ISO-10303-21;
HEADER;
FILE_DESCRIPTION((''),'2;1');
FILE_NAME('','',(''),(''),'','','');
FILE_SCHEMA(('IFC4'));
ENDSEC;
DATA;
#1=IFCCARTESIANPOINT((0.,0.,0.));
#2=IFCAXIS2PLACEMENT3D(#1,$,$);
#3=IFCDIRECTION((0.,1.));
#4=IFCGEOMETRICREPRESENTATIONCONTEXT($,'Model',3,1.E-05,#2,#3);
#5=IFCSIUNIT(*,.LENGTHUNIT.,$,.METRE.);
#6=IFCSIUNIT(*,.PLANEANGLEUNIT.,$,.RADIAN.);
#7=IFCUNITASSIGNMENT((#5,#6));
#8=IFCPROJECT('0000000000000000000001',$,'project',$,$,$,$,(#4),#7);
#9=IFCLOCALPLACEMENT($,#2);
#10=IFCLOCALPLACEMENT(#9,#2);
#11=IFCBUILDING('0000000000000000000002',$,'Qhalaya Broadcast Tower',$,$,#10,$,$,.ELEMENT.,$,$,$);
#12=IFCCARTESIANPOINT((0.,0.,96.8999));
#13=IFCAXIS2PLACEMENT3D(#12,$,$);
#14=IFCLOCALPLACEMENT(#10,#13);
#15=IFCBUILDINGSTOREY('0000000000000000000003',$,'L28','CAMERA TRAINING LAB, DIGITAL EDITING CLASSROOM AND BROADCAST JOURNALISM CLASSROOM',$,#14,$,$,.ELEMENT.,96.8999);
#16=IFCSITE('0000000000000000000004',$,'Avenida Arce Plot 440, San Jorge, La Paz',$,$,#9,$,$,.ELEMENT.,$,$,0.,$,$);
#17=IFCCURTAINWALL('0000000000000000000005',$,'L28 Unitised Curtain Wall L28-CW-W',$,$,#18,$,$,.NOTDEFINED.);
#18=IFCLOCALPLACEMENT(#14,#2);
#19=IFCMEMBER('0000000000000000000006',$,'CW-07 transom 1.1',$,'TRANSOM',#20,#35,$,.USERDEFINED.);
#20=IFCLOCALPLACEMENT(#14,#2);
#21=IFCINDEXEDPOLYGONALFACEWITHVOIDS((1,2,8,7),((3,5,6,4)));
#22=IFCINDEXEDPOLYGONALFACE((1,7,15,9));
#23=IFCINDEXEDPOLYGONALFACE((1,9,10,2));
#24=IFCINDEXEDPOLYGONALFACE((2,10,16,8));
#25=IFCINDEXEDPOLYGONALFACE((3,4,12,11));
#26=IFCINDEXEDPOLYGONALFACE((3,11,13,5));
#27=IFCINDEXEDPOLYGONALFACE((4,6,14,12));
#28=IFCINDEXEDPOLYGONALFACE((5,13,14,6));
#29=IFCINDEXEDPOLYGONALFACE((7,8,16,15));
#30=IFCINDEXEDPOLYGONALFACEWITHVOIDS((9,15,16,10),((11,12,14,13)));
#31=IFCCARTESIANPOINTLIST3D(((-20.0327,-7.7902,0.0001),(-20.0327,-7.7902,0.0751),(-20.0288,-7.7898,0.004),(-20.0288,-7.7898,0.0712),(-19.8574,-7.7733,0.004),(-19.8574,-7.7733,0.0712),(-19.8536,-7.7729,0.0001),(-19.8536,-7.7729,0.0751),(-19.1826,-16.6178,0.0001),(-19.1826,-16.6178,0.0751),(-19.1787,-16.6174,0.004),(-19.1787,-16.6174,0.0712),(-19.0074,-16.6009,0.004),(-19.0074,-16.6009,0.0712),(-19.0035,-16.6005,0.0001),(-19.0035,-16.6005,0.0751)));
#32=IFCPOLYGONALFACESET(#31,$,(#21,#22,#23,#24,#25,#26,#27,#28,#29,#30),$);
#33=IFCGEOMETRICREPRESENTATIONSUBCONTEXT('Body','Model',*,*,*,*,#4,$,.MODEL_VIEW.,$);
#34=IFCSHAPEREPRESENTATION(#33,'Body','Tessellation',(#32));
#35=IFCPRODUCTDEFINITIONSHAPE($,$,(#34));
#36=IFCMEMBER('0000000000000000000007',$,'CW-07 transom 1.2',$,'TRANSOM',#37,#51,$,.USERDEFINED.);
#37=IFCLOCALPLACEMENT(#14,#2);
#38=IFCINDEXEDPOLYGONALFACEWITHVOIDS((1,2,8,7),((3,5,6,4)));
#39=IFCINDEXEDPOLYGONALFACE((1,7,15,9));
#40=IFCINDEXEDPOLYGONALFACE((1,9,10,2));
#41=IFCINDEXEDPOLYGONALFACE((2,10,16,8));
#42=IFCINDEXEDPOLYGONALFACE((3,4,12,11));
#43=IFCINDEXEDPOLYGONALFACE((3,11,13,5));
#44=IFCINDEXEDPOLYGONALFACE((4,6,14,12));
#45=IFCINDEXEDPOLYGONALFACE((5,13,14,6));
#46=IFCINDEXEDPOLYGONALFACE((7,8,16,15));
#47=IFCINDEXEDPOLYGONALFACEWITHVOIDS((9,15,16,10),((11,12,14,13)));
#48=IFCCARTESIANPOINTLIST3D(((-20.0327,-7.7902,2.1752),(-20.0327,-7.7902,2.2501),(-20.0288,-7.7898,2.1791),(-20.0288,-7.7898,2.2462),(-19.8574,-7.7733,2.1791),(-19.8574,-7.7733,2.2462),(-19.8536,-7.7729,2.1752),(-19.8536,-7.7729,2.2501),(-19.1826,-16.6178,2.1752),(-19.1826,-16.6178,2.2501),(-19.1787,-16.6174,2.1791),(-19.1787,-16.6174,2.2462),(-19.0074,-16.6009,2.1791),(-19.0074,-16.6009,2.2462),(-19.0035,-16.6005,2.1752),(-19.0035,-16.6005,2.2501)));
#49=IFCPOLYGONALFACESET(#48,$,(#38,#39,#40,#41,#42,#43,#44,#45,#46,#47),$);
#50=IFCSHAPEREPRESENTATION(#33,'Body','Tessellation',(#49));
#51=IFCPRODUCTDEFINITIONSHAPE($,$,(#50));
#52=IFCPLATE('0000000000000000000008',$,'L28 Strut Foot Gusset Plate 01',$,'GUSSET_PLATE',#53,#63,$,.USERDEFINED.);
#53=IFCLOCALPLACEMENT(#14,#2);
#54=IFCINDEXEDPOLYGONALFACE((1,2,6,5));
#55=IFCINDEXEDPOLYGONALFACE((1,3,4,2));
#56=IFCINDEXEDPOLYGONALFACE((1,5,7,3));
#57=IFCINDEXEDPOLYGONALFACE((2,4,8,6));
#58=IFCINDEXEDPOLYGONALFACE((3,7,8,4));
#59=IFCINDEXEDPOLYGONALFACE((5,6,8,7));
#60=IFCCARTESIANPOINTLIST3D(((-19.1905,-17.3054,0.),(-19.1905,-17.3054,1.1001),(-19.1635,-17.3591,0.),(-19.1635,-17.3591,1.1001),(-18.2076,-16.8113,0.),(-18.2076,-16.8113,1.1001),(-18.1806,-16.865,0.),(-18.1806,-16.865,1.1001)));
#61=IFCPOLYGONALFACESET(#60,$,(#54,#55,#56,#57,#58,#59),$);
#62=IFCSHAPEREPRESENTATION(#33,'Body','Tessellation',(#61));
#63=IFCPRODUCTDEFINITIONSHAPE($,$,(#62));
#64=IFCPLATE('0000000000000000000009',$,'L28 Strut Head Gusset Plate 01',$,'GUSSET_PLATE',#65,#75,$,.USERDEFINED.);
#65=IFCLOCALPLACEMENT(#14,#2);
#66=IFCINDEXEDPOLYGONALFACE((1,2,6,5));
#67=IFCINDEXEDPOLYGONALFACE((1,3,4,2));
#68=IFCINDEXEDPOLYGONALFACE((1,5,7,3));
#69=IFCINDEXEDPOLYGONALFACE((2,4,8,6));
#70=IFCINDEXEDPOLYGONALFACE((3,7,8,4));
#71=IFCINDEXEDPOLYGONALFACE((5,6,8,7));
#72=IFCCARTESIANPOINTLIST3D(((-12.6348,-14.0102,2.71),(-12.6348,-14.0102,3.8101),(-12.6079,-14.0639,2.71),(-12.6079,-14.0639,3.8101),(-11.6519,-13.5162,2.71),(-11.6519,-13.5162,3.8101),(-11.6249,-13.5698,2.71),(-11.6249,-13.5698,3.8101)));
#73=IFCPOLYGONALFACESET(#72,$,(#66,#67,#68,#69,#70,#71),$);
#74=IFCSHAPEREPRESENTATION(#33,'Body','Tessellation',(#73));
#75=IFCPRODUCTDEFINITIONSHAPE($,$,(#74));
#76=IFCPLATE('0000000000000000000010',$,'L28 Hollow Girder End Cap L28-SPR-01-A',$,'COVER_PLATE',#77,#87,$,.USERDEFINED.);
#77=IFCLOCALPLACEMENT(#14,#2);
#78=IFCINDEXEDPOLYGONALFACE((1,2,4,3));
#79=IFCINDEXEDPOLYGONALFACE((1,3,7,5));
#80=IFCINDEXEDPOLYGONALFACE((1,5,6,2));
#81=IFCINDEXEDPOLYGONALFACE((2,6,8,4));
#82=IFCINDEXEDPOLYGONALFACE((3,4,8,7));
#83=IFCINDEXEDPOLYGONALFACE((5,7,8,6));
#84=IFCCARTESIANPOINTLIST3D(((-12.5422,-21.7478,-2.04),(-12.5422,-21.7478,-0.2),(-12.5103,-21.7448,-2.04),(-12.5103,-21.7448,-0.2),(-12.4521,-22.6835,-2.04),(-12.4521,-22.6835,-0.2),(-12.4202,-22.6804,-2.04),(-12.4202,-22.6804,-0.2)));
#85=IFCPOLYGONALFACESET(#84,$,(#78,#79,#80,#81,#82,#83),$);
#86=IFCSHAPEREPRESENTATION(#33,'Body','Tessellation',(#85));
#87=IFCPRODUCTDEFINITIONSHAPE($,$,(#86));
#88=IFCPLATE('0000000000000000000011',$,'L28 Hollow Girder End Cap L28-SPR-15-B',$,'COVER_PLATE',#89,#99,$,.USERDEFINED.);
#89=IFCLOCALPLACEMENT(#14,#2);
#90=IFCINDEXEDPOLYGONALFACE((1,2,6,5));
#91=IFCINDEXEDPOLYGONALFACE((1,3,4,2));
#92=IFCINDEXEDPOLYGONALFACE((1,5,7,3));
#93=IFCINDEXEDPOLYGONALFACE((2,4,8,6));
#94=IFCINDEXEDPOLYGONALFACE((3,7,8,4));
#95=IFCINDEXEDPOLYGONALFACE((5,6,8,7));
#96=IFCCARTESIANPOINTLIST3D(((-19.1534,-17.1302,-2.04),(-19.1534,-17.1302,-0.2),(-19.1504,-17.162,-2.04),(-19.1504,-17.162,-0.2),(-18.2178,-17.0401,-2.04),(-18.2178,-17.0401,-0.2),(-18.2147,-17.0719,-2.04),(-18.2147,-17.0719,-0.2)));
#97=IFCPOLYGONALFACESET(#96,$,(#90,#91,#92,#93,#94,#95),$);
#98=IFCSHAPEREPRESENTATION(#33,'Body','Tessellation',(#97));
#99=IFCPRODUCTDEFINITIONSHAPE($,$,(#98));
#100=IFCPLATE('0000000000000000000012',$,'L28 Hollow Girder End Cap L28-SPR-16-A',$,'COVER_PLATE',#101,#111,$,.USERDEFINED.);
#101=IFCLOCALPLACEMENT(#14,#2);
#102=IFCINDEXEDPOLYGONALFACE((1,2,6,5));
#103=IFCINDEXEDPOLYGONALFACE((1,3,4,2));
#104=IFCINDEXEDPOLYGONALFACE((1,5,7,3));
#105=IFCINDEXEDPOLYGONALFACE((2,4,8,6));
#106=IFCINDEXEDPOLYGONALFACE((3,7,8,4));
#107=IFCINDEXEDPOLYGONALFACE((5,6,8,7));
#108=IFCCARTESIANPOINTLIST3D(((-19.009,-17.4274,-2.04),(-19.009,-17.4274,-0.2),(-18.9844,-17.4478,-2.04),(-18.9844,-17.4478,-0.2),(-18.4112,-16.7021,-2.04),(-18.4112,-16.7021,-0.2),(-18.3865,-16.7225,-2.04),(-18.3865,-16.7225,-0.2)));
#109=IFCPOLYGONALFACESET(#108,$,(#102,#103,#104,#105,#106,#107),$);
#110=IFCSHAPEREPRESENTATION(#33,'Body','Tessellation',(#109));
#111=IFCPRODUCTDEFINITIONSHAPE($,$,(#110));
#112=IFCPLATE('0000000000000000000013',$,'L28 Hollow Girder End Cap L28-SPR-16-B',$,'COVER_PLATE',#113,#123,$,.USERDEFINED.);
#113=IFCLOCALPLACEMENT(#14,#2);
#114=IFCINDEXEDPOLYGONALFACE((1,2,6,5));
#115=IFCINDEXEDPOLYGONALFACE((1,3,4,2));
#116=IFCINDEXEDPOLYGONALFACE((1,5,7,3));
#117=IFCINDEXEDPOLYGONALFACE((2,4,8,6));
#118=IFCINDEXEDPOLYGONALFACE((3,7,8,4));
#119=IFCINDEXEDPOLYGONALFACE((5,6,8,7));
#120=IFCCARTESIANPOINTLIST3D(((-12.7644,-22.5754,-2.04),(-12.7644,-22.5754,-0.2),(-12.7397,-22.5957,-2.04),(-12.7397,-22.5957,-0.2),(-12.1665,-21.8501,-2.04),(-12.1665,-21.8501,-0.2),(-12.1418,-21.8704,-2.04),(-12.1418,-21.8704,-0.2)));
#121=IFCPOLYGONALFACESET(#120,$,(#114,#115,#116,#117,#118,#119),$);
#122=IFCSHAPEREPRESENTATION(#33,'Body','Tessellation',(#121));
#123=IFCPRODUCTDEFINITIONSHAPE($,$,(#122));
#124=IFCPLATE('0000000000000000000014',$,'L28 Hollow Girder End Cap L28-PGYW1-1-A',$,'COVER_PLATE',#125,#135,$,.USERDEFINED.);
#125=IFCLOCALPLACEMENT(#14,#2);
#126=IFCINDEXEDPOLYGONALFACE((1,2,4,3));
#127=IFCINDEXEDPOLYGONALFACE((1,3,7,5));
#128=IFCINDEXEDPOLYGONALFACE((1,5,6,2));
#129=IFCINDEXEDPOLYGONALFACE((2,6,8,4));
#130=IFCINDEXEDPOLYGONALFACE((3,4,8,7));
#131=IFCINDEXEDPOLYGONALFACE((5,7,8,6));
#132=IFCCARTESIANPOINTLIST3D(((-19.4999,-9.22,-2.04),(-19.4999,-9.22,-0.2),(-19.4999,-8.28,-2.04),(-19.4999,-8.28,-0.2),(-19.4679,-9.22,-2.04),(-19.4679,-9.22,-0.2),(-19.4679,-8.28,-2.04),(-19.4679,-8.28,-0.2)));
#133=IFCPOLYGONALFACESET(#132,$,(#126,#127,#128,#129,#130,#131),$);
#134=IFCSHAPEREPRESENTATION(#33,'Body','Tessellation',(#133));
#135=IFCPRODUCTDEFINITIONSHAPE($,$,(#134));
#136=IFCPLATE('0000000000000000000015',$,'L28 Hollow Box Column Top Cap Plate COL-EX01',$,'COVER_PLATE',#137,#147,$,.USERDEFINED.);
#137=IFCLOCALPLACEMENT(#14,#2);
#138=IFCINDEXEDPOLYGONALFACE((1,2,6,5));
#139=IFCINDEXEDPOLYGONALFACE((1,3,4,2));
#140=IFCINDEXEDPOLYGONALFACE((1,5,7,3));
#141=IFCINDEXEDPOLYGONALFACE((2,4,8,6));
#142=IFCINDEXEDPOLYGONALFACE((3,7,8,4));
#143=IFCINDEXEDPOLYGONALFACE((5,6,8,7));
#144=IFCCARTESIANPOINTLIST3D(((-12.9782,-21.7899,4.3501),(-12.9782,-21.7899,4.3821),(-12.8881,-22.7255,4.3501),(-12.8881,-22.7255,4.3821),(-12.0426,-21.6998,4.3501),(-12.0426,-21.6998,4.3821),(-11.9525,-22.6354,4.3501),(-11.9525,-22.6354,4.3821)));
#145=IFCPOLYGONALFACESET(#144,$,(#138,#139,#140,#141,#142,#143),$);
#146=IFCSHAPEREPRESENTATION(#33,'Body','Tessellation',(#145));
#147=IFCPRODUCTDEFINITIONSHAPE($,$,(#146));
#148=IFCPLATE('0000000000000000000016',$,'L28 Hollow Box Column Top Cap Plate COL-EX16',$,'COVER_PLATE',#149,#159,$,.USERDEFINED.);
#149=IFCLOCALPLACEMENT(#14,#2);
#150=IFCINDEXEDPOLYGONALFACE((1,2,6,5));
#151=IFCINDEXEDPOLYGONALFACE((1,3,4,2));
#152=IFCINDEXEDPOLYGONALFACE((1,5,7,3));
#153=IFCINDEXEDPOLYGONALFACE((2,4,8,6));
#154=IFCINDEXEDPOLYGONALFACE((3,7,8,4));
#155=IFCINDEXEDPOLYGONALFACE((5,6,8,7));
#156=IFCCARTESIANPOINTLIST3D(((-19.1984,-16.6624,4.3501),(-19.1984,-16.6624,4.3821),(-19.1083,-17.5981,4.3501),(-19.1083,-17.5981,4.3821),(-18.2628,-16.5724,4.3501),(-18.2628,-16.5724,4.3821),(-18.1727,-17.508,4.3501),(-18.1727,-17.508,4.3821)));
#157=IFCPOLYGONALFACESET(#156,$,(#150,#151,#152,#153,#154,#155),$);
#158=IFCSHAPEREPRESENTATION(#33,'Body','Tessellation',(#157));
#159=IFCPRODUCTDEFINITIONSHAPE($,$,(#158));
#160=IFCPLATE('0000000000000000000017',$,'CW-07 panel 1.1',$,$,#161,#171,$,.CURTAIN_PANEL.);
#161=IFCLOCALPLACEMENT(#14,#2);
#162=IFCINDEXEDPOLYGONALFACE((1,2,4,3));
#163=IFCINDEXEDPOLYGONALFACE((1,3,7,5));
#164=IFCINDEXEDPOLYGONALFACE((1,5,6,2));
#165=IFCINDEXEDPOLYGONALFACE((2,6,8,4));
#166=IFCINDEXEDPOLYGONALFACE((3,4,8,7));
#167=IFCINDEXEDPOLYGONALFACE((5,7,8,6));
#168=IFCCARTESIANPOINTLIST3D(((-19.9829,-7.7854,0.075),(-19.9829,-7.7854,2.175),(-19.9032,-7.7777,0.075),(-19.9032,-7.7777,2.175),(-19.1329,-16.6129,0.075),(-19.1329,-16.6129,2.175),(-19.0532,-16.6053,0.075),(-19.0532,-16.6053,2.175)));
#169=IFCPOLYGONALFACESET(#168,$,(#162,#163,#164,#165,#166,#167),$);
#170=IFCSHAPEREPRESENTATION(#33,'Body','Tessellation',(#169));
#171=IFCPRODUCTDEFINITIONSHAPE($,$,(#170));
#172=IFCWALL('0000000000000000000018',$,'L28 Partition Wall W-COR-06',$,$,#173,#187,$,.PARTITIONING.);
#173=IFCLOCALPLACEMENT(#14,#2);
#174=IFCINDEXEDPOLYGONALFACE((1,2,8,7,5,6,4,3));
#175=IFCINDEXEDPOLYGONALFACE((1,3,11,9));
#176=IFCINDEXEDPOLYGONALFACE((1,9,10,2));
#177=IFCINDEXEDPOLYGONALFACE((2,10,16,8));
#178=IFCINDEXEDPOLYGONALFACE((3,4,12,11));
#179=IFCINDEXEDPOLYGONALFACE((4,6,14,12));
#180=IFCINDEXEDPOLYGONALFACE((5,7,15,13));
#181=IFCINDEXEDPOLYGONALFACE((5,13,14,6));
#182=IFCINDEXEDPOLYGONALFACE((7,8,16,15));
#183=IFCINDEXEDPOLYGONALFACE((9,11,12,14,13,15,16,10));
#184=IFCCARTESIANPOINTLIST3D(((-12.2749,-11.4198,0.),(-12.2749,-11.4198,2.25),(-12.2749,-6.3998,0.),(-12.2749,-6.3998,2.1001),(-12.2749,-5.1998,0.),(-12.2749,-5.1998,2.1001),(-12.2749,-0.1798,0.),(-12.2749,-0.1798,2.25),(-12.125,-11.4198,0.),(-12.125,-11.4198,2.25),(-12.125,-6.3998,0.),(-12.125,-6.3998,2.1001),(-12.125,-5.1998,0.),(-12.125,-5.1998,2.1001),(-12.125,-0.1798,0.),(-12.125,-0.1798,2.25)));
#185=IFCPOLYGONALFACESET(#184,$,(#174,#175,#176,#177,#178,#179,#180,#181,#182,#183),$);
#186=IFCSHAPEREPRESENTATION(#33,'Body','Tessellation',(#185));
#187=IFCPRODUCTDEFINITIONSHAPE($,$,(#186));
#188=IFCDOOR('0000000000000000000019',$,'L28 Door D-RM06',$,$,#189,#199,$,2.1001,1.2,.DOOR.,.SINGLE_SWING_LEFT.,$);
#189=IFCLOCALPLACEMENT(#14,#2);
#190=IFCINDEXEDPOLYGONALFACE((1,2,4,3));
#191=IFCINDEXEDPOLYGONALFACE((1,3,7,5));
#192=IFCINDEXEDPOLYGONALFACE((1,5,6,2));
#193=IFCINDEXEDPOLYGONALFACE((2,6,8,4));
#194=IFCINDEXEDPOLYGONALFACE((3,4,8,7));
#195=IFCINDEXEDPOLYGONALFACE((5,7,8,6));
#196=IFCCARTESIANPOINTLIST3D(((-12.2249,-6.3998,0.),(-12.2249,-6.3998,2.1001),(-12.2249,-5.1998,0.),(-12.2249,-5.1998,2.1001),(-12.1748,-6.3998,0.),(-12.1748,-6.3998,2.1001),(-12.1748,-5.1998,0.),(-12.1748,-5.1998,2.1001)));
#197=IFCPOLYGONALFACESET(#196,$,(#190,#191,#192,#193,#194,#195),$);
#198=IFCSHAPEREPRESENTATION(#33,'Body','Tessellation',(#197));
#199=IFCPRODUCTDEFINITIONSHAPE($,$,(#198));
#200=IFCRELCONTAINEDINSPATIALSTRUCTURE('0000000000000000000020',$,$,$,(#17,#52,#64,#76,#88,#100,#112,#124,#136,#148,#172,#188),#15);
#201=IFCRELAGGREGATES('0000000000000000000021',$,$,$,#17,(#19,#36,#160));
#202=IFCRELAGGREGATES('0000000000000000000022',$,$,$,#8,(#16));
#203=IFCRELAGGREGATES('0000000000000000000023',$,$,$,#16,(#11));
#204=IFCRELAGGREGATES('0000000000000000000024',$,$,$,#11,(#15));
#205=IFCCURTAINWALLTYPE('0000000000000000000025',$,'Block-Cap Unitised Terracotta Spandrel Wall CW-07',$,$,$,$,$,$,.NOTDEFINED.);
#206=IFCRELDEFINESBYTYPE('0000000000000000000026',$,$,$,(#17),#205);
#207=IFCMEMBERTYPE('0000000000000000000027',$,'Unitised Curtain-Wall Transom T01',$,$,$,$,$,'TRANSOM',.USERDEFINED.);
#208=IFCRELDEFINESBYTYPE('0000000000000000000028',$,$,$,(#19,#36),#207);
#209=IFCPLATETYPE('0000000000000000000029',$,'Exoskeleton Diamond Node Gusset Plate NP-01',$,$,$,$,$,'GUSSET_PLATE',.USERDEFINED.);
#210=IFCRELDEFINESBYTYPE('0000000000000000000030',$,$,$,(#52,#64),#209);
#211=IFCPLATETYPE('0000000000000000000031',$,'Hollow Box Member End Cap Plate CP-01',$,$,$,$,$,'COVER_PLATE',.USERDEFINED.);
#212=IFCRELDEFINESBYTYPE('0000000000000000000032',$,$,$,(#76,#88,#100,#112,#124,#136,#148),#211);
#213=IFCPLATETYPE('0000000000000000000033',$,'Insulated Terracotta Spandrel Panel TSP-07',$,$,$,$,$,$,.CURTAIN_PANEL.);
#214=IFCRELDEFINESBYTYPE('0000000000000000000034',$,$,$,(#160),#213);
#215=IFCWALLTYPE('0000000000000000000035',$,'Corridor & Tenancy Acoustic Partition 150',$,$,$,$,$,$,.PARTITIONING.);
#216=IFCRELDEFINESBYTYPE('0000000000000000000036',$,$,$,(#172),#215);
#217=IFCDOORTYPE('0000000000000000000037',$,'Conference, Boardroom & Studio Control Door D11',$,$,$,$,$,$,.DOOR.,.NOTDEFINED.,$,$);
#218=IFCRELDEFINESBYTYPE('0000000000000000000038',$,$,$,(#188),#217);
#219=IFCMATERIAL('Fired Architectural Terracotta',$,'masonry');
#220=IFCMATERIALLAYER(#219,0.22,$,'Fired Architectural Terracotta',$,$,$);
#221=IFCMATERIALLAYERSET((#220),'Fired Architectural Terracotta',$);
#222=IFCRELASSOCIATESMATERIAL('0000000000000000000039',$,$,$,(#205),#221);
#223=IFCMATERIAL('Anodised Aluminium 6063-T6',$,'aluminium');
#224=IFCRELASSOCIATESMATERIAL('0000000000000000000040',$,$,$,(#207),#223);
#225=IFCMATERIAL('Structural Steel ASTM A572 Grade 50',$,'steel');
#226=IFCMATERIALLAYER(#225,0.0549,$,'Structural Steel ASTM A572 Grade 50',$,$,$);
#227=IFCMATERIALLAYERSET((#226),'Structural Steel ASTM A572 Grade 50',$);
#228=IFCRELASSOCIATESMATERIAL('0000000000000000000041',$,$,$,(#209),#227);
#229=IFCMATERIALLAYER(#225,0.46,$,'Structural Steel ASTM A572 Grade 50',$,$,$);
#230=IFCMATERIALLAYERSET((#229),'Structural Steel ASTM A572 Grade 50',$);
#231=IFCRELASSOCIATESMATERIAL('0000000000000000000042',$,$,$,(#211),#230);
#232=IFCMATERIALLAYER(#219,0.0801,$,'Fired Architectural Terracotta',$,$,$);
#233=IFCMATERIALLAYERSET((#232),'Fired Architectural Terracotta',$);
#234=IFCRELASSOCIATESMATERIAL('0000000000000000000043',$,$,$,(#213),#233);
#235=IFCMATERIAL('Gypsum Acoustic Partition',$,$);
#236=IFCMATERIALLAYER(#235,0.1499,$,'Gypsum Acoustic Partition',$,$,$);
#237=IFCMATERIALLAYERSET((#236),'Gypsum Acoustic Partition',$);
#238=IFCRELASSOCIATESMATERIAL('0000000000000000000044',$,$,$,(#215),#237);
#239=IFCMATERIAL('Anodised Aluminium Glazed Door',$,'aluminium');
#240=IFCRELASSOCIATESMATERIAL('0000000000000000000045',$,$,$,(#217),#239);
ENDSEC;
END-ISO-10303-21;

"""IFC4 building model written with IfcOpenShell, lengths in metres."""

from ifc_helpers import new_model, si_unit, direction, frame, frame_2d, origin, origin_2d, place, context, subcontext, project, spatial, rectangle, hollow_rectangle, extrude, material, layer, layer_set, material_profile, profile_set, type_object, element, fill, aggregate, save


model = new_model("IFC4")

# Units and contexts
model_context = context("Model", 3, precision=1e-05, world=origin(), true_north=direction((0.0, 1.0)))
body_context = subcontext(model_context, "Body", "Model", "MODEL_VIEW")
ifc_project = project(units=[si_unit("LENGTHUNIT", "METRE"), si_unit("PLANEANGLEUNIT", "RADIAN")], contexts=[model_context])

# Site, building, storey
site_placement = place(None, origin())
site = spatial("IfcSite", under=ifc_project, at=site_placement, Name="Avenida Arce Plot 440, San Jorge, La Paz", CompositionType="ELEMENT", RefElevation=0.0)
building_placement = place(site_placement, origin())
building = spatial("IfcBuilding", under=site, at=building_placement, Name="Qhalaya Broadcast Tower", CompositionType="ELEMENT")
storey_placement = place(building_placement, frame((0.0, 0.0, 96.8999)))
storey = spatial("IfcBuildingStorey", under=building, at=storey_placement, Name="L28", Description="CAMERA TRAINING LAB, DIGITAL EDITING CLASSROOM AND BROADCAST JOURNALISM CLASSROOM", CompositionType="ELEMENT", Elevation=96.8999)

# Shared definitions
ifc_material_1 = material(Name="Structural Steel ASTM A572 Grade 50", Category="steel")

# Curtain wall, members
ifc_material_2 = material(Name="Fired Architectural Terracotta", Category="masonry")
ifc_layer_1 = layer(ifc_material_2, 0.22, Name="Fired Architectural Terracotta")
ifc_layer_set_1 = layer_set([ifc_layer_1], Name="Fired Architectural Terracotta")
curtain_wall_type = type_object("IfcCurtainWallType", Name="Block-Cap Unitised Terracotta Spandrel Wall CW-07", PredefinedType="NOTDEFINED", material=ifc_layer_set_1)
curtain_wall_placement = place(storey_placement, origin())
curtain_wall = element("IfcCurtainWall", 1, at=curtain_wall_placement, inside=storey, type_object=curtain_wall_type, Name="L28 Unitised Curtain Wall L28-CW-W", PredefinedType="NOTDEFINED")
ifc_material_3 = material(Name="Anodised Aluminium 6063-T6", Category="aluminium")
ifc_material_profile_1 = material_profile(ifc_material_3, hollow_rectangle(XDim=0.075, YDim=0.1799, WallThickness=0.0039, at=origin_2d()), Name="ALU-TRN 75x180x4")
ifc_profile_set_1 = profile_set([ifc_material_profile_1], Name="Anodised Aluminium 6063-T6")
member_type_1 = type_object("IfcMemberType", Name="Unitised Curtain-Wall Transom T01", ElementType="TRANSOM", PredefinedType="USERDEFINED", material=ifc_profile_set_1)
member_1_placement = place(storey_placement, frame((-19.093, -16.6091, 0.0376), z_axis=(-0.095856, 0.995395, 0.0), x_axis=(0.0, 0.0, 1.0)))
member_1 = element("IfcMember", 2, at=member_1_placement, type_object=member_type_1, Name="CW-07 transom 1.1", ObjectType="TRANSOM", PredefinedType="USERDEFINED", context=body_context, shape_type="SweptSolid", body=[
    extrude(hollow_rectangle(XDim=0.075, YDim=0.1799, WallThickness=0.0039, at=origin_2d()), origin(), (0.0, 0.0, 1.0), 8.8684),
])
member_2_placement = place(storey_placement, frame((-19.093, -16.6091, 2.2126), z_axis=(-0.095856, 0.995395, 0.0), x_axis=(0.0, 0.0, 1.0)))
member_2 = element("IfcMember", 3, at=member_2_placement, type_object=member_type_1, Name="CW-07 transom 1.2", ObjectType="TRANSOM", PredefinedType="USERDEFINED", context=body_context, shape_type="SweptSolid", body=[
    extrude(hollow_rectangle(XDim=0.075, YDim=0.1799, WallThickness=0.0039, at=origin_2d()), origin(), (0.0, 0.0, 1.0), 8.8684),
])

# Plates
ifc_layer_2 = layer(ifc_material_1, 0.0549, Name="Structural Steel ASTM A572 Grade 50")
ifc_layer_set_2 = layer_set([ifc_layer_2], Name="Structural Steel ASTM A572 Grade 50")
plate_type_1 = type_object("IfcPlateType", Name="Exoskeleton Diamond Node Gusset Plate NP-01", ElementType="GUSSET_PLATE", PredefinedType="USERDEFINED", material=ifc_layer_set_2)
for number, where, z_axis, x_axis, name in (
    (4, (-18.6855, -17.0852, 0.0), (0.0, 0.0, 1.0), (0.893473, 0.449116, 0.0), "L28 Strut Foot Gusset Plate 01"),
    (5, (-12.1299, -13.79, 2.71), (0.0, 0.0, 1.0), (0.893473, 0.449116, 0.0), "L28 Strut Head Gusset Plate 01"),
):
    element("IfcPlate", number, at=place(storey_placement, frame(where, z_axis=z_axis, x_axis=x_axis)), inside=storey, type_object=plate_type_1, Name=name, ObjectType="GUSSET_PLATE", PredefinedType="USERDEFINED", context=body_context, shape_type="SweptSolid", body=[
        extrude(rectangle(XDim=1.1001, YDim=0.0601, at=origin_2d()), origin(), (0.0, 0.0, 1.0), 1.1001),
    ])
ifc_layer_3 = layer(ifc_material_1, 0.46, Name="Structural Steel ASTM A572 Grade 50")
ifc_layer_set_3 = layer_set([ifc_layer_3], Name="Structural Steel ASTM A572 Grade 50")
plate_type_2 = type_object("IfcPlateType", Name="Hollow Box Member End Cap Plate CP-01", ElementType="COVER_PLATE", PredefinedType="USERDEFINED", material=ifc_layer_set_3)
for number, where, z_axis, x_axis, name in (
    (6, (-12.4812, -22.2141, -2.04), (0.0, 0.0, 1.0), (-0.095846, 0.995396, 0.0), "L28 Hollow Girder End Cap L28-SPR-01-A"),
    (7, (-18.6841, -17.1011, -2.04), (0.0, 0.0, 1.0), (0.995396, 0.095846, 0.0), "L28 Hollow Girder End Cap L28-SPR-15-B"),
    (8, (-18.6978, -17.075, -2.04), (0.0, 0.0, 1.0), (0.636078, 0.771625, 0.0), "L28 Hollow Girder End Cap L28-SPR-16-A"),
    (9, (-12.4531, -22.2229, -2.04), (0.0, 0.0, 1.0), (0.636078, 0.771625, 0.0), "L28 Hollow Girder End Cap L28-SPR-16-B"),
    (10, (-19.4839, -8.75, -2.04), (0.0, 0.0, 1.0), (0.0, 1.0, 0.0), "L28 Hollow Girder End Cap L28-PGYW1-1-A"),
):
    element("IfcPlate", number, at=place(storey_placement, frame(where, z_axis=z_axis, x_axis=x_axis)), inside=storey, type_object=plate_type_2, Name=name, ObjectType="COVER_PLATE", PredefinedType="USERDEFINED", context=body_context, shape_type="SweptSolid", body=[
        extrude(rectangle(XDim=0.9399, YDim=0.032, at=origin_2d()), origin(), (0.0, 0.0, 1.0), 1.8401),
    ])
for number, where, z_axis, x_axis, name in (
    (11, (-12.4653, -22.2126, 4.3501), (0.0, 0.0, 1.0), (0.995396, 0.095846, 0.0), "L28 Hollow Box Column Top Cap Plate COL-EX01"),
    (12, (-18.6855, -17.0852, 4.3501), (0.0, 0.0, 1.0), (-0.095846, 0.995396, 0.0), "L28 Hollow Box Column Top Cap Plate COL-EX16"),
):
    element("IfcPlate", number, at=place(storey_placement, frame(where, z_axis=z_axis, x_axis=x_axis)), inside=storey, type_object=plate_type_2, Name=name, ObjectType="COVER_PLATE", PredefinedType="USERDEFINED", context=body_context, shape_type="SweptSolid", body=[
        extrude(rectangle(XDim=0.9399, YDim=0.9399, at=origin_2d()), origin(), (0.0, 0.0, 1.0), 0.032),
    ])

# Plate
ifc_layer_4 = layer(ifc_material_2, 0.0801, Name="Fired Architectural Terracotta")
ifc_layer_set_4 = layer_set([ifc_layer_4], Name="Fired Architectural Terracotta")
plate_type_3 = type_object("IfcPlateType", Name="Insulated Terracotta Spandrel Panel TSP-07", PredefinedType="CURTAIN_PANEL", material=ifc_layer_set_4)
plate_placement = place(storey_placement, frame((-19.5181, -12.1953, 0.075), z_axis=(0.0, 0.0, 1.0), x_axis=(-0.095847, 0.995396, 0.0)))
plate = element("IfcPlate", 13, at=plate_placement, type_object=plate_type_3, Name="CW-07 panel 1.1", PredefinedType="CURTAIN_PANEL", context=body_context, shape_type="SweptSolid", body=[
    extrude(rectangle(XDim=8.8684, YDim=0.0801, at=origin_2d()), origin(), (0.0, 0.0, 1.0), 2.1001),
])
aggregate(curtain_wall, [member_1, member_2, plate])

# Wall, opening, door
ifc_material_4 = material(Name="Gypsum Acoustic Partition")
ifc_layer_5 = layer(ifc_material_4, 0.1499, Name="Gypsum Acoustic Partition")
ifc_layer_set_5 = layer_set([ifc_layer_5], Name="Gypsum Acoustic Partition")
wall_type_1 = type_object("IfcWallType", Name="Corridor & Tenancy Acoustic Partition 150", PredefinedType="PARTITIONING", material=ifc_layer_set_5)
wall_1_placement = place(storey_placement, frame((-12.2, -11.4199, 0.0), z_axis=(0.0, 0.0, 1.0), x_axis=(0.0, 1.0, 0.0)))
wall_1 = element("IfcWall", 14, at=wall_1_placement, inside=storey, type_object=wall_type_1, Name="L28 Partition Wall W-COR-06", PredefinedType="PARTITIONING", context=body_context, shape_type="SweptSolid", body=[
    extrude(rectangle(XDim=11.24, YDim=0.1499, at=frame_2d((5.6201, 0.0))), origin(), (0.0, 0.0, 1.0), 2.25),
])
opening_placement = place(wall_1_placement, frame((5.02, 0.0, 0.0)))
opening = element("IfcOpeningElement", 15, at=opening_placement, cuts=wall_1, PredefinedType="OPENING", context=body_context, shape_type="SweptSolid", body=[
    extrude(rectangle(XDim=1.2, YDim=2.1001, at=frame_2d((0.6001, 1.05))), frame((0.0, 0.0869, 0.0), z_axis=(0.0, -1.0, 0.0), x_axis=(1.0, 0.0, 0.0)), (0.0, 0.0, 1.0), 0.1738),
])
ifc_material_5 = material(Name="Anodised Aluminium Glazed Door", Category="aluminium")
door_type = type_object("IfcDoorType", Name="Conference, Boardroom & Studio Control Door D11", OperationType="NOTDEFINED", PredefinedType="DOOR", material=ifc_material_5)
door_placement = place(opening_placement, origin())
door = element("IfcDoor", 16, at=door_placement, inside=storey, type_object=door_type, Name="L28 Door D-RM06", OperationType="SINGLE_SWING_LEFT", OverallHeight=2.1001, OverallWidth=1.2, PredefinedType="DOOR", context=body_context, shape_type="SweptSolid", body=[
    extrude(rectangle(XDim=1.2, YDim=2.1001, at=frame_2d((0.6001, 1.05))), frame((0.0, 0.0249, 0.0), z_axis=(0.0, -1.0, 0.0), x_axis=(1.0, 0.0, 0.0)), (0.0, 0.0, 1.0), 0.05),
])
fill(opening, door)

save(model, "model.ifc")
